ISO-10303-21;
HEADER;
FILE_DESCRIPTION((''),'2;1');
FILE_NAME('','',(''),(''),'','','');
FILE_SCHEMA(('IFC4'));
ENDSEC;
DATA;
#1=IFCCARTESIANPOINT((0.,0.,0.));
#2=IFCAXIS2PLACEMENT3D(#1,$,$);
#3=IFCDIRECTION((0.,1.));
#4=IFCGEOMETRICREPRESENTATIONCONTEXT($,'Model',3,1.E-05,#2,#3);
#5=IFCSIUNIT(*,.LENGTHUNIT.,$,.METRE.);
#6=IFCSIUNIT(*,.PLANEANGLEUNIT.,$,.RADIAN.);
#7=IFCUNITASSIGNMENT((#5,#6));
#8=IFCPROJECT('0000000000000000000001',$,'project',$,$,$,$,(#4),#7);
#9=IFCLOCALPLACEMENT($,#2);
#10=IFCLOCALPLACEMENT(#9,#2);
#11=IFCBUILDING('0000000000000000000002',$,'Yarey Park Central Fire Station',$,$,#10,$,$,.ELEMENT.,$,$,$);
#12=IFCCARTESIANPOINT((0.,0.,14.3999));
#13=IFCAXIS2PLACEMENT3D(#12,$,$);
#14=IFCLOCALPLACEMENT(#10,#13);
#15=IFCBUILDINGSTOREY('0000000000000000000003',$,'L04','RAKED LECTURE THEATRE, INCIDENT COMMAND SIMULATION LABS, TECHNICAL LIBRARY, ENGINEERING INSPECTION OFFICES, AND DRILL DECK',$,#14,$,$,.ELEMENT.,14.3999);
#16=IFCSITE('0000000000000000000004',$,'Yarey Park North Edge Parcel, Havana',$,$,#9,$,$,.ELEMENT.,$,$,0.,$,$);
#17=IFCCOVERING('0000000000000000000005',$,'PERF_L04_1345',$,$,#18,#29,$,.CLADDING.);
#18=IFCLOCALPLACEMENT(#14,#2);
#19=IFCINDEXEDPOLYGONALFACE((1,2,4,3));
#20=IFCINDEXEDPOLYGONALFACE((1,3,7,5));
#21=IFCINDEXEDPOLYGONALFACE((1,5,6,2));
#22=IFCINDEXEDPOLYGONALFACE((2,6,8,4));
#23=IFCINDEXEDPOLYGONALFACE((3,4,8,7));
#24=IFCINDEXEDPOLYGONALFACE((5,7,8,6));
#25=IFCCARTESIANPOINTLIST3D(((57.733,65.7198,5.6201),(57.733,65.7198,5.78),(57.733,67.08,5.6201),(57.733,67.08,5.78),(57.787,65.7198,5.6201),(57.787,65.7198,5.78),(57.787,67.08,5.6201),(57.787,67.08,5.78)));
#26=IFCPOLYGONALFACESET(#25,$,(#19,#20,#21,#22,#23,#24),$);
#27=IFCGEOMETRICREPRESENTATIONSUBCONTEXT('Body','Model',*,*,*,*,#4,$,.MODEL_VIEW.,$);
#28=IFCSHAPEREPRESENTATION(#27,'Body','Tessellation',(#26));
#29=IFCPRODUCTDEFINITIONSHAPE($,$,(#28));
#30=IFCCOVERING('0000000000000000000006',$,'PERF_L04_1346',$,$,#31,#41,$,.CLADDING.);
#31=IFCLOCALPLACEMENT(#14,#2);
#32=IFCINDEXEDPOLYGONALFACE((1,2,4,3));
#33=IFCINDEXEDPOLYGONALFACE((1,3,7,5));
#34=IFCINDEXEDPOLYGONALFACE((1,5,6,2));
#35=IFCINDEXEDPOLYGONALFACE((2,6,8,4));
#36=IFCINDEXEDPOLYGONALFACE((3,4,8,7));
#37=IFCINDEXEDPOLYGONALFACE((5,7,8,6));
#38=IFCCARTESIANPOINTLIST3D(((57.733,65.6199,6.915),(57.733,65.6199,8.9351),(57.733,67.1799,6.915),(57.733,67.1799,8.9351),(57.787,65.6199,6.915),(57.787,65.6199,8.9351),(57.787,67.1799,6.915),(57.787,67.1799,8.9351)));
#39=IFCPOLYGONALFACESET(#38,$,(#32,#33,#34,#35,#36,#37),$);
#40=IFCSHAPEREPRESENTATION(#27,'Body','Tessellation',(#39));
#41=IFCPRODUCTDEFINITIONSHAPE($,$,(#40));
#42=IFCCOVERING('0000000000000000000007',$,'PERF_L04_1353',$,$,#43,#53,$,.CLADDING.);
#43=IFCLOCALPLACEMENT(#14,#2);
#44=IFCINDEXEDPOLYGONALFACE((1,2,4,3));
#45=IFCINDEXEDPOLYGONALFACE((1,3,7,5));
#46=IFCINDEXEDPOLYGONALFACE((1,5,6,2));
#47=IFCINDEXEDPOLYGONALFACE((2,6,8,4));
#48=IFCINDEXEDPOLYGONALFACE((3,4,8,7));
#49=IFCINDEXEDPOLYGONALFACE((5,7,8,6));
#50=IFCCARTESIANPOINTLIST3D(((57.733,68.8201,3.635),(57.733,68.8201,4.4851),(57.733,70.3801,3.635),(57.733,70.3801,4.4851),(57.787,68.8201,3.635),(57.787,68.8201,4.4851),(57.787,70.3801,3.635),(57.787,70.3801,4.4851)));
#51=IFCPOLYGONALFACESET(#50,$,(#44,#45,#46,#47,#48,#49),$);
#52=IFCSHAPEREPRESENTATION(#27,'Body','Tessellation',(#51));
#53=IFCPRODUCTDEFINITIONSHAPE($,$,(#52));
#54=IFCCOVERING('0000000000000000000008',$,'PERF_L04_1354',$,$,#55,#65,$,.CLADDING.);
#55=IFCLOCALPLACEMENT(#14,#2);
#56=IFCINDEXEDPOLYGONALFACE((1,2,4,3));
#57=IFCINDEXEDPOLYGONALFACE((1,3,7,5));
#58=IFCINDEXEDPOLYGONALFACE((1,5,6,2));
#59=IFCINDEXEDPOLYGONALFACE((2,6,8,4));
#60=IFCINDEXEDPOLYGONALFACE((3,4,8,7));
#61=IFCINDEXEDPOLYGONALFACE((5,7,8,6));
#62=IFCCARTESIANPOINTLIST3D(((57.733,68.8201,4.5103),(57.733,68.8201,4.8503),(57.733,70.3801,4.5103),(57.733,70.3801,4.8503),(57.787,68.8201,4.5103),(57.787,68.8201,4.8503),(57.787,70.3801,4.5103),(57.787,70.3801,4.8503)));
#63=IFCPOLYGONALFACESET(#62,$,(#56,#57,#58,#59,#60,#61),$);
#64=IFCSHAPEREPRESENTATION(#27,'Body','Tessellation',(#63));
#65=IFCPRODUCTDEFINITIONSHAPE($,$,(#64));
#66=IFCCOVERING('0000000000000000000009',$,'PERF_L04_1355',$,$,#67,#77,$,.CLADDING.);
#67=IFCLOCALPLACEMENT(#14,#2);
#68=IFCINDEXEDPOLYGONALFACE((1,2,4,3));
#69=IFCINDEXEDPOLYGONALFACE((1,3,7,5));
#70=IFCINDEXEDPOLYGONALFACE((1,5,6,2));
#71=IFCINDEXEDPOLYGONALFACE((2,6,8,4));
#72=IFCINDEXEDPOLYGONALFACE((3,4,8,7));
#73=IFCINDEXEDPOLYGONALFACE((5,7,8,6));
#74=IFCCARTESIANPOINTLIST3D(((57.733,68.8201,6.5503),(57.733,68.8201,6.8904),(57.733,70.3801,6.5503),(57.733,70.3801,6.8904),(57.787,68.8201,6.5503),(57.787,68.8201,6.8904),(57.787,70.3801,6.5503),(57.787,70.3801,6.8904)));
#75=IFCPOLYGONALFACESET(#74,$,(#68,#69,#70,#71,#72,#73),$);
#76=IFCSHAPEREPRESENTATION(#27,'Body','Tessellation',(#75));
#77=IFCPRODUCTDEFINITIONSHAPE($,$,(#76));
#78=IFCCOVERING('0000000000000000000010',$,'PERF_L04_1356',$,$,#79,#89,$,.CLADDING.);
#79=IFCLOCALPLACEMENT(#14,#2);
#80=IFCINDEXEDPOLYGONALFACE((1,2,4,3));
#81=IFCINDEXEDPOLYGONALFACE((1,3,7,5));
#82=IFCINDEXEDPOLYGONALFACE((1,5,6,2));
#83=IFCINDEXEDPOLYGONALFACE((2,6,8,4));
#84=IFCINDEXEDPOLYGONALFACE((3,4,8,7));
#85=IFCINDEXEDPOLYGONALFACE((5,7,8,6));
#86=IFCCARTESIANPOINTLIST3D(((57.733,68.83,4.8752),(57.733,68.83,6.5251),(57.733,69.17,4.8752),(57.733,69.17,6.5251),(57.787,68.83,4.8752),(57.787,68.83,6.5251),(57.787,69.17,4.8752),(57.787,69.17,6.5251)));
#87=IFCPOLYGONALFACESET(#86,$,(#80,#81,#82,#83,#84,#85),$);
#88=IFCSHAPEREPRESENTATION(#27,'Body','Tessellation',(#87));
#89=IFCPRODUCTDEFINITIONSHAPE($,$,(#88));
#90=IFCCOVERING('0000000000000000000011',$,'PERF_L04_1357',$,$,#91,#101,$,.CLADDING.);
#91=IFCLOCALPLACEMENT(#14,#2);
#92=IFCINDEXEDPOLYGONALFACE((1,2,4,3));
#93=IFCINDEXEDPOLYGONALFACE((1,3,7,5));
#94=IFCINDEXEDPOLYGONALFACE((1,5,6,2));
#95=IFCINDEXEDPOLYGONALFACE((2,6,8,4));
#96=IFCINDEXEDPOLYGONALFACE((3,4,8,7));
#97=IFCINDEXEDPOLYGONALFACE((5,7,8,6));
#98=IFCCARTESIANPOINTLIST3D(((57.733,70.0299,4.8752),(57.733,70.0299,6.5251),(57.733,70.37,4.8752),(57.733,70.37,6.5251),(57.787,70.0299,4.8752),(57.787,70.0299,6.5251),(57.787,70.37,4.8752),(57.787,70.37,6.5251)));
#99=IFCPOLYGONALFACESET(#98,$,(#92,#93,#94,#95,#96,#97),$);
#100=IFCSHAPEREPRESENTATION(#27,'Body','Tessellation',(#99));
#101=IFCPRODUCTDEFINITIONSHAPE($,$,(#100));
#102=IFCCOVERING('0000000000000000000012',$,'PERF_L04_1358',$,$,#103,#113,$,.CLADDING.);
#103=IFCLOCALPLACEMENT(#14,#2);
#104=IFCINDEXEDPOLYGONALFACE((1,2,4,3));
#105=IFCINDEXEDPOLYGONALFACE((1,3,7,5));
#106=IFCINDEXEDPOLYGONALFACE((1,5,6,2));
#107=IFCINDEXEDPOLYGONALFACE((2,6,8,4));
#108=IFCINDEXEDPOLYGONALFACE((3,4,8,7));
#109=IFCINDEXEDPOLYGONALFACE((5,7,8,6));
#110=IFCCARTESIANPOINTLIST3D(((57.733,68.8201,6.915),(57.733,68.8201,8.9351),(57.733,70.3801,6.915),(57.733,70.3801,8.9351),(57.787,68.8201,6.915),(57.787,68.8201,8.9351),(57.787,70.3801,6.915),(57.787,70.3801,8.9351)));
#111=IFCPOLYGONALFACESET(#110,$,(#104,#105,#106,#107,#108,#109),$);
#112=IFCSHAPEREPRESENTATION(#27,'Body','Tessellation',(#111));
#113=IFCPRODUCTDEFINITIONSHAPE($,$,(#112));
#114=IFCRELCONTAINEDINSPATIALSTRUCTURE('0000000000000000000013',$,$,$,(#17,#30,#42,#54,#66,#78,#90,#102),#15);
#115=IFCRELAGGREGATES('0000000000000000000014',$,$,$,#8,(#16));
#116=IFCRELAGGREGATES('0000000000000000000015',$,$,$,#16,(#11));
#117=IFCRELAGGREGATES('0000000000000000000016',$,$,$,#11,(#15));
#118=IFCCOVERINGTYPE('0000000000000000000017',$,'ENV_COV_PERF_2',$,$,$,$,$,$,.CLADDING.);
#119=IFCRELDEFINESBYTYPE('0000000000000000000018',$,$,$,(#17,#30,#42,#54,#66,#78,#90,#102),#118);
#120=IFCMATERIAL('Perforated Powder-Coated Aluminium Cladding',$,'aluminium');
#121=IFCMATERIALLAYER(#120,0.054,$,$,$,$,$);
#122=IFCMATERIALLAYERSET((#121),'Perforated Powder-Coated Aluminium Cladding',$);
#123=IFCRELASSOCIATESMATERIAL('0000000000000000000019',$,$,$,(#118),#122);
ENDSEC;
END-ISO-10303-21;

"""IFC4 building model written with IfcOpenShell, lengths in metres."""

from ifc_helpers import new_model, si_unit, direction, frame, origin, origin_2d, place, context, subcontext, project, spatial, rectangle, extrude, material, layer, layer_set, type_object, element, save


model = new_model("IFC4")

# Units and contexts
model_context = context("Model", 3, precision=1e-05, world=origin(), true_north=direction((0.0, 1.0)))
body_context = subcontext(model_context, "Body", "Model", "MODEL_VIEW")
ifc_project = project(units=[si_unit("LENGTHUNIT", "METRE"), si_unit("PLANEANGLEUNIT", "RADIAN")], contexts=[model_context])

# Site, building, storey
site_placement = place(None, origin())
site = spatial("IfcSite", under=ifc_project, at=site_placement, Name="Yarey Park North Edge Parcel, Havana", CompositionType="ELEMENT", RefElevation=0.0)
building_placement = place(site_placement, origin())
building = spatial("IfcBuilding", under=site, at=building_placement, Name="Yarey Park Central Fire Station", CompositionType="ELEMENT")
storey_placement = place(building_placement, frame((0.0, 0.0, 14.3999)))
storey = spatial("IfcBuildingStorey", under=building, at=storey_placement, Name="L04", Description="RAKED LECTURE THEATRE, INCIDENT COMMAND SIMULATION LABS, TECHNICAL LIBRARY, ENGINEERING INSPECTION OFFICES, AND DRILL DECK", CompositionType="ELEMENT", Elevation=14.3999)

# Coverings
ifc_material = material(Name="Perforated Powder-Coated Aluminium Cladding", Category="aluminium")
ifc_layer_1 = layer(ifc_material, 0.054)
ifc_layer_set_1 = layer_set([ifc_layer_1], Name="Perforated Powder-Coated Aluminium Cladding")
covering_type_1 = type_object("IfcCoveringType", Name="ENV_COV_PERF_2", PredefinedType="CLADDING", material=ifc_layer_set_1)
covering_1_placement = place(storey_placement, frame((57.76, 66.3999, 5.6201), z_axis=(0.0, 0.0, 1.0), x_axis=(0.0, 1.0, 0.0)))
element("IfcCovering", 1, at=covering_1_placement, inside=storey, type_object=covering_type_1, Name="PERF_L04_1345", PredefinedType="CLADDING", context=body_context, shape_type="SweptSolid", body=[
    extrude(rectangle(XDim=1.3601, YDim=0.054, at=origin_2d()), origin(), (0.0, 0.0, 1.0), 0.1599),
])
covering_2_placement = place(storey_placement, frame((57.76, 66.3999, 6.915), z_axis=(0.0, 0.0, 1.0), x_axis=(0.0, 1.0, 0.0)))
element("IfcCovering", 2, at=covering_2_placement, inside=storey, type_object=covering_type_1, Name="PERF_L04_1346", PredefinedType="CLADDING", context=body_context, shape_type="SweptSolid", body=[
    extrude(rectangle(XDim=1.5601, YDim=0.054, at=origin_2d()), origin(), (0.0, 0.0, 1.0), 2.02),
])
covering_3_placement = place(storey_placement, frame((57.76, 69.6001, 3.635), z_axis=(0.0, 0.0, 1.0), x_axis=(0.0, 1.0, 0.0)))
element("IfcCovering", 3, at=covering_3_placement, inside=storey, type_object=covering_type_1, Name="PERF_L04_1353", PredefinedType="CLADDING", context=body_context, shape_type="SweptSolid", body=[
    extrude(rectangle(XDim=1.5601, YDim=0.054, at=origin_2d()), origin(), (0.0, 0.0, 1.0), 0.8501),
])
for number, where, z_axis, x_axis, name in (
    (4, (57.76, 69.6001, 4.5103), (0.0, 0.0, 1.0), (0.0, 1.0, 0.0), "PERF_L04_1354"),
    (5, (57.76, 69.6001, 6.5503), (0.0, 0.0, 1.0), (0.0, 1.0, 0.0), "PERF_L04_1355"),
):
    element("IfcCovering", number, at=place(storey_placement, frame(where, z_axis=z_axis, x_axis=x_axis)), inside=storey, type_object=covering_type_1, Name=name, PredefinedType="CLADDING", context=body_context, shape_type="SweptSolid", body=[
        extrude(rectangle(XDim=1.5601, YDim=0.054, at=origin_2d()), origin(), (0.0, 0.0, 1.0), 0.3401),
    ])
for number, where, z_axis, x_axis, name in (
    (6, (57.76, 69.0, 4.8752), (0.0, 0.0, 1.0), (0.0, 1.0, 0.0), "PERF_L04_1356"),
    (7, (57.76, 70.2, 4.8752), (0.0, 0.0, 1.0), (0.0, 1.0, 0.0), "PERF_L04_1357"),
):
    element("IfcCovering", number, at=place(storey_placement, frame(where, z_axis=z_axis, x_axis=x_axis)), inside=storey, type_object=covering_type_1, Name=name, PredefinedType="CLADDING", context=body_context, shape_type="SweptSolid", body=[
        extrude(rectangle(XDim=0.3401, YDim=0.054, at=origin_2d()), origin(), (0.0, 0.0, 1.0), 1.6499),
    ])
covering_4_placement = place(storey_placement, frame((57.76, 69.6001, 6.915), z_axis=(0.0, 0.0, 1.0), x_axis=(0.0, 1.0, 0.0)))
element("IfcCovering", 8, at=covering_4_placement, inside=storey, type_object=covering_type_1, Name="PERF_L04_1358", PredefinedType="CLADDING", context=body_context, shape_type="SweptSolid", body=[
    extrude(rectangle(XDim=1.5601, YDim=0.054, at=origin_2d()), origin(), (0.0, 0.0, 1.0), 2.02),
])

save(model, "model.ifc")
